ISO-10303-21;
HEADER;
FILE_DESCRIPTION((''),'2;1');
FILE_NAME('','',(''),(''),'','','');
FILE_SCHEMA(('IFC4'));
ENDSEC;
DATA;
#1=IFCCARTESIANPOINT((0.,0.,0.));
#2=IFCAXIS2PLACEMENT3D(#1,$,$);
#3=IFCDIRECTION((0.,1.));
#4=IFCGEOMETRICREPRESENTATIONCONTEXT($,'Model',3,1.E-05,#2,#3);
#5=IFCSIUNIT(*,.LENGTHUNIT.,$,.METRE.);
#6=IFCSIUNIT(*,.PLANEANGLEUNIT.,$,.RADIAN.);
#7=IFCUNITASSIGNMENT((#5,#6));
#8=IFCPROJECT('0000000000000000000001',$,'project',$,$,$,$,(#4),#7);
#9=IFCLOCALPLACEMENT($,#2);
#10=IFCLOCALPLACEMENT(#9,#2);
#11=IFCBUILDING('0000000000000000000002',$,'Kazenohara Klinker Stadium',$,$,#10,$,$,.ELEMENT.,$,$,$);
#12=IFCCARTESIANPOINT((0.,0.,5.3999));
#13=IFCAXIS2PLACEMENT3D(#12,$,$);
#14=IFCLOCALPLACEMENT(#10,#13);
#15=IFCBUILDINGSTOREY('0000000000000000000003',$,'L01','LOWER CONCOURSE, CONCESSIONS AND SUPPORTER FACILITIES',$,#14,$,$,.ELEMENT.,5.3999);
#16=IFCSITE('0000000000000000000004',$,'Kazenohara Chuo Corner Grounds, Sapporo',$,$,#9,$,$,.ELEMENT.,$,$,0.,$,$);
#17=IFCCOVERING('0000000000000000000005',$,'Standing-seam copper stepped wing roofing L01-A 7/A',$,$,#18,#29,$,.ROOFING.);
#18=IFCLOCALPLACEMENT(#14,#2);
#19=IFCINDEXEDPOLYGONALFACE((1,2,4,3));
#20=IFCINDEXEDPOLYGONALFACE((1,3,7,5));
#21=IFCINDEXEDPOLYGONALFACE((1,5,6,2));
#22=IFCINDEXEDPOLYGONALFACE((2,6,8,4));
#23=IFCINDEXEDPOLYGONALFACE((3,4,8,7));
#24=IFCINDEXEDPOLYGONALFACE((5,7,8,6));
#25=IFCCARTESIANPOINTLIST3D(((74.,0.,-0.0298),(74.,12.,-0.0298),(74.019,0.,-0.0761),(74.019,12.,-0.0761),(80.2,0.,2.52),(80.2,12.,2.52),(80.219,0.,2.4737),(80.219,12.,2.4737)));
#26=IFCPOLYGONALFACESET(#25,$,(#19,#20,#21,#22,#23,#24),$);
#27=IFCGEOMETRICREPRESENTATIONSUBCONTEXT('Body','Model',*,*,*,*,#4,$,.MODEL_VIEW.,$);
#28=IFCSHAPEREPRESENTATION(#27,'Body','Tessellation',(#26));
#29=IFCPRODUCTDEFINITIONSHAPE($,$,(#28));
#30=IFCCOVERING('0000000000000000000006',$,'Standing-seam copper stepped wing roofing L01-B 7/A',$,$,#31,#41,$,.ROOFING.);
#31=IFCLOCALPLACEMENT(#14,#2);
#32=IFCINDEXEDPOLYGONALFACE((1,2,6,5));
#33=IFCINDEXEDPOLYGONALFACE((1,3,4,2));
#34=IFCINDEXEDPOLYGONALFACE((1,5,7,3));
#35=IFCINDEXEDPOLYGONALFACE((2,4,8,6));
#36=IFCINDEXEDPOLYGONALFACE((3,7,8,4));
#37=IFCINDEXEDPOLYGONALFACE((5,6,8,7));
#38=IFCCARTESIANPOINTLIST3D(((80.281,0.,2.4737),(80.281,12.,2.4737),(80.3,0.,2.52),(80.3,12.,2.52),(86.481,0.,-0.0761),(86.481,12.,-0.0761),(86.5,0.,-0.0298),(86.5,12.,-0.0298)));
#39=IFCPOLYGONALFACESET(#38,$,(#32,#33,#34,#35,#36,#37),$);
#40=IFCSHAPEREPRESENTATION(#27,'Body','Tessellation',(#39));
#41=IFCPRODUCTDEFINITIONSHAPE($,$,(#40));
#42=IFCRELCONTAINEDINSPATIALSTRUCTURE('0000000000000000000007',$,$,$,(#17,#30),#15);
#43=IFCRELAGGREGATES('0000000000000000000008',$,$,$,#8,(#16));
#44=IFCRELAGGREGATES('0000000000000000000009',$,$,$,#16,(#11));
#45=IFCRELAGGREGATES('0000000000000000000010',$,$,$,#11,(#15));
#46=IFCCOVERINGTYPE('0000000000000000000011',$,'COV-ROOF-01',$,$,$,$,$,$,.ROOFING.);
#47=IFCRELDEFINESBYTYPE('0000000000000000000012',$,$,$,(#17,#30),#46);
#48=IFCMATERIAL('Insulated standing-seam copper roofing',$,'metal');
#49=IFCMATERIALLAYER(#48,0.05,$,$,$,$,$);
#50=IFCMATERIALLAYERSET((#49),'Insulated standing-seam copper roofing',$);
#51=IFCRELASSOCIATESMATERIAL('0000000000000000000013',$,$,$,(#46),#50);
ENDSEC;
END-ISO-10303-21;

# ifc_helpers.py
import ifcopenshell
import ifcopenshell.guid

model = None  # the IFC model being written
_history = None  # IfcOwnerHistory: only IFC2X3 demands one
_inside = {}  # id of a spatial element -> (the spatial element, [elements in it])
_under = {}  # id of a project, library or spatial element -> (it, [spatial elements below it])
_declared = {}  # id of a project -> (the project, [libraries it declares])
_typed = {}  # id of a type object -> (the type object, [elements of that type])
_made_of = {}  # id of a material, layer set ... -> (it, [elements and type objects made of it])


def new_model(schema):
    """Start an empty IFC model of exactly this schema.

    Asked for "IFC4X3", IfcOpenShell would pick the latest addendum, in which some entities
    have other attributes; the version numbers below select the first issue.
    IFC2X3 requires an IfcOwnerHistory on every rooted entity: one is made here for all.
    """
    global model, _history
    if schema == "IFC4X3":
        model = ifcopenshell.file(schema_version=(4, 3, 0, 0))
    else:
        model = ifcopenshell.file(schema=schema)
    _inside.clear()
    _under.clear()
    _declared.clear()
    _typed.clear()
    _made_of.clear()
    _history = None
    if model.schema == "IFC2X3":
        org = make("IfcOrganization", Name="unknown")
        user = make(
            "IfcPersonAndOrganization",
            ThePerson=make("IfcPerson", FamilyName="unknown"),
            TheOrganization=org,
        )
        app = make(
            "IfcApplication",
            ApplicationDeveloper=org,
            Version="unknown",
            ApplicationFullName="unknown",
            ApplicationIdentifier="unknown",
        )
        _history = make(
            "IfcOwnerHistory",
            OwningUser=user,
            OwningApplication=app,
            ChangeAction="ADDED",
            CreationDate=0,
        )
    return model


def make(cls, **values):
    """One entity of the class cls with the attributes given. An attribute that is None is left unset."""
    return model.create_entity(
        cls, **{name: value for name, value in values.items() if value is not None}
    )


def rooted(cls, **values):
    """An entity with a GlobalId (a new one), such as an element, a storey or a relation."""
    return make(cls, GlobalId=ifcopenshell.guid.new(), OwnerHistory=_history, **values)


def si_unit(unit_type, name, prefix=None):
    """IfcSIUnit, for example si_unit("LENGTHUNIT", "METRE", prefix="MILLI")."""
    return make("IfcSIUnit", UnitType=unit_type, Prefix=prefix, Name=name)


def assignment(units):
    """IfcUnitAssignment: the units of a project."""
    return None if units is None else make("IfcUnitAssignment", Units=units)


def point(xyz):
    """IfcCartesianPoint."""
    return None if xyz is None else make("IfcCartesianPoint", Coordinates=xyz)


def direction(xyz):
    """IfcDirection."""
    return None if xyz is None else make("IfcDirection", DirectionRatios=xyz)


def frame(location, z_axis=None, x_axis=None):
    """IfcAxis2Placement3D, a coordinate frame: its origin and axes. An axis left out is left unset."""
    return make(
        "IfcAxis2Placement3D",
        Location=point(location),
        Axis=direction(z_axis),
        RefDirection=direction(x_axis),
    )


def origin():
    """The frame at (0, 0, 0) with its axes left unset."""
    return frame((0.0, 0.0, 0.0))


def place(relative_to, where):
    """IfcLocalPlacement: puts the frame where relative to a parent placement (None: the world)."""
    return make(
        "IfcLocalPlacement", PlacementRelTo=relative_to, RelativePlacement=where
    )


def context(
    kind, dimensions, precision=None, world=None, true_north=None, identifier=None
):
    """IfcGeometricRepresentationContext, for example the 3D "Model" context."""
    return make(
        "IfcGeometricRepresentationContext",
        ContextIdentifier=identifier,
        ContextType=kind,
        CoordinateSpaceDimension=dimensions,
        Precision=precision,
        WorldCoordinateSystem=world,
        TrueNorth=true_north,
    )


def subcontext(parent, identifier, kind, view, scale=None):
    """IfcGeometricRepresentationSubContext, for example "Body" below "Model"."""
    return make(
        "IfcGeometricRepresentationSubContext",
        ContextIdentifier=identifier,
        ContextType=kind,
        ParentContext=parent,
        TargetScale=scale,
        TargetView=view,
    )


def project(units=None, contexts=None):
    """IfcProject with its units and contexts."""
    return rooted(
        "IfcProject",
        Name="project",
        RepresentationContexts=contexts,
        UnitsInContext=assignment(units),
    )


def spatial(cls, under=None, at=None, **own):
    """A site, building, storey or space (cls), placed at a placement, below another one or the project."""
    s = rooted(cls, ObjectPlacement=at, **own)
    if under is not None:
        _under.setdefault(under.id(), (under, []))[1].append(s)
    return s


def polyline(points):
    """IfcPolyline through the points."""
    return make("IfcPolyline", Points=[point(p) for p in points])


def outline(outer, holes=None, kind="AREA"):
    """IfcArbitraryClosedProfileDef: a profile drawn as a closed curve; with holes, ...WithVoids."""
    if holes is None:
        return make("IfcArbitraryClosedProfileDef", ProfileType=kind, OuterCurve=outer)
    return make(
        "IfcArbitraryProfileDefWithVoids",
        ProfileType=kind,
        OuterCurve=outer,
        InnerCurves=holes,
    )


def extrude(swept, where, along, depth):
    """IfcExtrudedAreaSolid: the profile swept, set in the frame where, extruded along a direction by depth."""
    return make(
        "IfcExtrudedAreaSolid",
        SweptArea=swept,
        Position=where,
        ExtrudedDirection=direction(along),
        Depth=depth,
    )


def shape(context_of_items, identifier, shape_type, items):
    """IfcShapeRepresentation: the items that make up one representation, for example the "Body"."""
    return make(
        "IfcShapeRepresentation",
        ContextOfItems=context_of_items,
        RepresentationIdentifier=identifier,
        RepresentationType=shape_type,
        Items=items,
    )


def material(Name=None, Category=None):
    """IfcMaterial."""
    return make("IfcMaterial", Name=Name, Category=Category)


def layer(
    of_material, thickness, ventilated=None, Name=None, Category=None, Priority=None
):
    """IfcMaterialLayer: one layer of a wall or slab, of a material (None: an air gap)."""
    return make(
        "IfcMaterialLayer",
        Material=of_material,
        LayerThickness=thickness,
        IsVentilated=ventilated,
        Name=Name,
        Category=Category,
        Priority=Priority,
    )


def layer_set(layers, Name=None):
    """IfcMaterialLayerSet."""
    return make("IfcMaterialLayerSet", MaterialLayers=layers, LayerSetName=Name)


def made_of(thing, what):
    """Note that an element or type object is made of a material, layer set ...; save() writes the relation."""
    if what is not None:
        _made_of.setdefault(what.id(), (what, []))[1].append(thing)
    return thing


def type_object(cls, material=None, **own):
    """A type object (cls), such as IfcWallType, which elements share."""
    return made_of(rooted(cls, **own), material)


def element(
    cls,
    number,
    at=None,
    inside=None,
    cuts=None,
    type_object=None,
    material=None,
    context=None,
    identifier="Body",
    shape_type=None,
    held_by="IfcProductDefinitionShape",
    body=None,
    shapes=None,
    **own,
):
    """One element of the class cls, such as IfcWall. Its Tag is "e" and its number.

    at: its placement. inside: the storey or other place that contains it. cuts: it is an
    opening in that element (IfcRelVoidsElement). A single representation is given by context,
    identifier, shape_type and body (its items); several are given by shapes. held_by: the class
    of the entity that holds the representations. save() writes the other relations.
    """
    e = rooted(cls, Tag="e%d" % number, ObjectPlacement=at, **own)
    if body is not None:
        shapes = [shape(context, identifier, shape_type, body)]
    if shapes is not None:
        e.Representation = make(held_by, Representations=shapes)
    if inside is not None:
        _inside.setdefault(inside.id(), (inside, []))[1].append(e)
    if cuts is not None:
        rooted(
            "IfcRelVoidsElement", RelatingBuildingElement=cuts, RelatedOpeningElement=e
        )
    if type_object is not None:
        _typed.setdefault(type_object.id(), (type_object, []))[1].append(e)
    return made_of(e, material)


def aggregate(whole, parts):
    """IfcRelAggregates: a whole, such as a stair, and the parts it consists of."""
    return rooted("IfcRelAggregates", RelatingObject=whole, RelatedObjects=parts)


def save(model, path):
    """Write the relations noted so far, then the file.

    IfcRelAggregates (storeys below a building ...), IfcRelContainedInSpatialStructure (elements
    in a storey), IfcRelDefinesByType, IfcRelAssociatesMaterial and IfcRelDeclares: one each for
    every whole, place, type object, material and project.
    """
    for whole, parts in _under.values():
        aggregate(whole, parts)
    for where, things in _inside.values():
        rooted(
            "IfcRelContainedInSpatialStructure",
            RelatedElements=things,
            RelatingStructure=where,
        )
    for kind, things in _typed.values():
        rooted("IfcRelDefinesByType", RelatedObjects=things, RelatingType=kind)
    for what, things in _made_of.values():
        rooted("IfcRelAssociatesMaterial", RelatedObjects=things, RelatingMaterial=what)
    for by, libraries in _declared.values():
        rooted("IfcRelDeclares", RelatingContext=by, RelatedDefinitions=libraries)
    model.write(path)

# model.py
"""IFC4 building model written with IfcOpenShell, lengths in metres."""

from ifc_helpers import new_model, si_unit, direction, frame, origin, place, context, subcontext, project, spatial, polyline, outline, extrude, material, layer, layer_set, type_object, element, save


model = new_model("IFC4")

# Units and contexts
model_context = context("Model", 3, precision=1e-05, world=origin(), true_north=direction((0.0, 1.0)))
body_context = subcontext(model_context, "Body", "Model", "MODEL_VIEW")
ifc_project = project(units=[si_unit("LENGTHUNIT", "METRE"), si_unit("PLANEANGLEUNIT", "RADIAN")], contexts=[model_context])

# Site, building, storey
site_placement = place(None, origin())
site = spatial("IfcSite", under=ifc_project, at=site_placement, Name="Kazenohara Chuo Corner Grounds, Sapporo", CompositionType="ELEMENT", RefElevation=0.0)
building_placement = place(site_placement, origin())
building = spatial("IfcBuilding", under=site, at=building_placement, Name="Kazenohara Klinker Stadium", CompositionType="ELEMENT")
storey_placement = place(building_placement, frame((0.0, 0.0, 5.3999)))
storey = spatial("IfcBuildingStorey", under=building, at=storey_placement, Name="L01", Description="LOWER CONCOURSE, CONCESSIONS AND SUPPORTER FACILITIES", CompositionType="ELEMENT", Elevation=5.3999)

# Coverings
ifc_material_1 = material(Name="Insulated standing-seam copper roofing", Category="metal")
ifc_layer_1 = layer(ifc_material_1, 0.05)
ifc_layer_set_1 = layer_set([ifc_layer_1], Name="Insulated standing-seam copper roofing")
covering_type = type_object("IfcCoveringType", Name="COV-ROOF-01", PredefinedType="ROOFING", material=ifc_layer_set_1)
for number, where, z_axis, x_axis, name in (
    (1, (74.0, 0.0, -0.0298), (-0.380352, 0.0, 0.924842), (0.924842, 0.0, 0.380352), "Standing-seam copper stepped wing roofing L01-A 7/A"),
    (2, (80.3, 0.0, 2.52), (0.380352, 0.0, 0.924842), (0.924842, 0.0, -0.380352), "Standing-seam copper stepped wing roofing L01-B 7/A"),
):
    element("IfcCovering", number, at=place(storey_placement, frame(where, z_axis=z_axis, x_axis=x_axis)), inside=storey, type_object=covering_type, Name=name, PredefinedType="ROOFING", context=body_context, shape_type="SweptSolid", body=[
        extrude(outline(polyline([(0.0, 0.0), (6.7038, 0.0), (6.7038, 12.0), (0.0, 12.0), (0.0, 0.0)])), origin(), (0.0, 0.0, -1.0), 0.05),
    ])

save(model, "model.ifc")
